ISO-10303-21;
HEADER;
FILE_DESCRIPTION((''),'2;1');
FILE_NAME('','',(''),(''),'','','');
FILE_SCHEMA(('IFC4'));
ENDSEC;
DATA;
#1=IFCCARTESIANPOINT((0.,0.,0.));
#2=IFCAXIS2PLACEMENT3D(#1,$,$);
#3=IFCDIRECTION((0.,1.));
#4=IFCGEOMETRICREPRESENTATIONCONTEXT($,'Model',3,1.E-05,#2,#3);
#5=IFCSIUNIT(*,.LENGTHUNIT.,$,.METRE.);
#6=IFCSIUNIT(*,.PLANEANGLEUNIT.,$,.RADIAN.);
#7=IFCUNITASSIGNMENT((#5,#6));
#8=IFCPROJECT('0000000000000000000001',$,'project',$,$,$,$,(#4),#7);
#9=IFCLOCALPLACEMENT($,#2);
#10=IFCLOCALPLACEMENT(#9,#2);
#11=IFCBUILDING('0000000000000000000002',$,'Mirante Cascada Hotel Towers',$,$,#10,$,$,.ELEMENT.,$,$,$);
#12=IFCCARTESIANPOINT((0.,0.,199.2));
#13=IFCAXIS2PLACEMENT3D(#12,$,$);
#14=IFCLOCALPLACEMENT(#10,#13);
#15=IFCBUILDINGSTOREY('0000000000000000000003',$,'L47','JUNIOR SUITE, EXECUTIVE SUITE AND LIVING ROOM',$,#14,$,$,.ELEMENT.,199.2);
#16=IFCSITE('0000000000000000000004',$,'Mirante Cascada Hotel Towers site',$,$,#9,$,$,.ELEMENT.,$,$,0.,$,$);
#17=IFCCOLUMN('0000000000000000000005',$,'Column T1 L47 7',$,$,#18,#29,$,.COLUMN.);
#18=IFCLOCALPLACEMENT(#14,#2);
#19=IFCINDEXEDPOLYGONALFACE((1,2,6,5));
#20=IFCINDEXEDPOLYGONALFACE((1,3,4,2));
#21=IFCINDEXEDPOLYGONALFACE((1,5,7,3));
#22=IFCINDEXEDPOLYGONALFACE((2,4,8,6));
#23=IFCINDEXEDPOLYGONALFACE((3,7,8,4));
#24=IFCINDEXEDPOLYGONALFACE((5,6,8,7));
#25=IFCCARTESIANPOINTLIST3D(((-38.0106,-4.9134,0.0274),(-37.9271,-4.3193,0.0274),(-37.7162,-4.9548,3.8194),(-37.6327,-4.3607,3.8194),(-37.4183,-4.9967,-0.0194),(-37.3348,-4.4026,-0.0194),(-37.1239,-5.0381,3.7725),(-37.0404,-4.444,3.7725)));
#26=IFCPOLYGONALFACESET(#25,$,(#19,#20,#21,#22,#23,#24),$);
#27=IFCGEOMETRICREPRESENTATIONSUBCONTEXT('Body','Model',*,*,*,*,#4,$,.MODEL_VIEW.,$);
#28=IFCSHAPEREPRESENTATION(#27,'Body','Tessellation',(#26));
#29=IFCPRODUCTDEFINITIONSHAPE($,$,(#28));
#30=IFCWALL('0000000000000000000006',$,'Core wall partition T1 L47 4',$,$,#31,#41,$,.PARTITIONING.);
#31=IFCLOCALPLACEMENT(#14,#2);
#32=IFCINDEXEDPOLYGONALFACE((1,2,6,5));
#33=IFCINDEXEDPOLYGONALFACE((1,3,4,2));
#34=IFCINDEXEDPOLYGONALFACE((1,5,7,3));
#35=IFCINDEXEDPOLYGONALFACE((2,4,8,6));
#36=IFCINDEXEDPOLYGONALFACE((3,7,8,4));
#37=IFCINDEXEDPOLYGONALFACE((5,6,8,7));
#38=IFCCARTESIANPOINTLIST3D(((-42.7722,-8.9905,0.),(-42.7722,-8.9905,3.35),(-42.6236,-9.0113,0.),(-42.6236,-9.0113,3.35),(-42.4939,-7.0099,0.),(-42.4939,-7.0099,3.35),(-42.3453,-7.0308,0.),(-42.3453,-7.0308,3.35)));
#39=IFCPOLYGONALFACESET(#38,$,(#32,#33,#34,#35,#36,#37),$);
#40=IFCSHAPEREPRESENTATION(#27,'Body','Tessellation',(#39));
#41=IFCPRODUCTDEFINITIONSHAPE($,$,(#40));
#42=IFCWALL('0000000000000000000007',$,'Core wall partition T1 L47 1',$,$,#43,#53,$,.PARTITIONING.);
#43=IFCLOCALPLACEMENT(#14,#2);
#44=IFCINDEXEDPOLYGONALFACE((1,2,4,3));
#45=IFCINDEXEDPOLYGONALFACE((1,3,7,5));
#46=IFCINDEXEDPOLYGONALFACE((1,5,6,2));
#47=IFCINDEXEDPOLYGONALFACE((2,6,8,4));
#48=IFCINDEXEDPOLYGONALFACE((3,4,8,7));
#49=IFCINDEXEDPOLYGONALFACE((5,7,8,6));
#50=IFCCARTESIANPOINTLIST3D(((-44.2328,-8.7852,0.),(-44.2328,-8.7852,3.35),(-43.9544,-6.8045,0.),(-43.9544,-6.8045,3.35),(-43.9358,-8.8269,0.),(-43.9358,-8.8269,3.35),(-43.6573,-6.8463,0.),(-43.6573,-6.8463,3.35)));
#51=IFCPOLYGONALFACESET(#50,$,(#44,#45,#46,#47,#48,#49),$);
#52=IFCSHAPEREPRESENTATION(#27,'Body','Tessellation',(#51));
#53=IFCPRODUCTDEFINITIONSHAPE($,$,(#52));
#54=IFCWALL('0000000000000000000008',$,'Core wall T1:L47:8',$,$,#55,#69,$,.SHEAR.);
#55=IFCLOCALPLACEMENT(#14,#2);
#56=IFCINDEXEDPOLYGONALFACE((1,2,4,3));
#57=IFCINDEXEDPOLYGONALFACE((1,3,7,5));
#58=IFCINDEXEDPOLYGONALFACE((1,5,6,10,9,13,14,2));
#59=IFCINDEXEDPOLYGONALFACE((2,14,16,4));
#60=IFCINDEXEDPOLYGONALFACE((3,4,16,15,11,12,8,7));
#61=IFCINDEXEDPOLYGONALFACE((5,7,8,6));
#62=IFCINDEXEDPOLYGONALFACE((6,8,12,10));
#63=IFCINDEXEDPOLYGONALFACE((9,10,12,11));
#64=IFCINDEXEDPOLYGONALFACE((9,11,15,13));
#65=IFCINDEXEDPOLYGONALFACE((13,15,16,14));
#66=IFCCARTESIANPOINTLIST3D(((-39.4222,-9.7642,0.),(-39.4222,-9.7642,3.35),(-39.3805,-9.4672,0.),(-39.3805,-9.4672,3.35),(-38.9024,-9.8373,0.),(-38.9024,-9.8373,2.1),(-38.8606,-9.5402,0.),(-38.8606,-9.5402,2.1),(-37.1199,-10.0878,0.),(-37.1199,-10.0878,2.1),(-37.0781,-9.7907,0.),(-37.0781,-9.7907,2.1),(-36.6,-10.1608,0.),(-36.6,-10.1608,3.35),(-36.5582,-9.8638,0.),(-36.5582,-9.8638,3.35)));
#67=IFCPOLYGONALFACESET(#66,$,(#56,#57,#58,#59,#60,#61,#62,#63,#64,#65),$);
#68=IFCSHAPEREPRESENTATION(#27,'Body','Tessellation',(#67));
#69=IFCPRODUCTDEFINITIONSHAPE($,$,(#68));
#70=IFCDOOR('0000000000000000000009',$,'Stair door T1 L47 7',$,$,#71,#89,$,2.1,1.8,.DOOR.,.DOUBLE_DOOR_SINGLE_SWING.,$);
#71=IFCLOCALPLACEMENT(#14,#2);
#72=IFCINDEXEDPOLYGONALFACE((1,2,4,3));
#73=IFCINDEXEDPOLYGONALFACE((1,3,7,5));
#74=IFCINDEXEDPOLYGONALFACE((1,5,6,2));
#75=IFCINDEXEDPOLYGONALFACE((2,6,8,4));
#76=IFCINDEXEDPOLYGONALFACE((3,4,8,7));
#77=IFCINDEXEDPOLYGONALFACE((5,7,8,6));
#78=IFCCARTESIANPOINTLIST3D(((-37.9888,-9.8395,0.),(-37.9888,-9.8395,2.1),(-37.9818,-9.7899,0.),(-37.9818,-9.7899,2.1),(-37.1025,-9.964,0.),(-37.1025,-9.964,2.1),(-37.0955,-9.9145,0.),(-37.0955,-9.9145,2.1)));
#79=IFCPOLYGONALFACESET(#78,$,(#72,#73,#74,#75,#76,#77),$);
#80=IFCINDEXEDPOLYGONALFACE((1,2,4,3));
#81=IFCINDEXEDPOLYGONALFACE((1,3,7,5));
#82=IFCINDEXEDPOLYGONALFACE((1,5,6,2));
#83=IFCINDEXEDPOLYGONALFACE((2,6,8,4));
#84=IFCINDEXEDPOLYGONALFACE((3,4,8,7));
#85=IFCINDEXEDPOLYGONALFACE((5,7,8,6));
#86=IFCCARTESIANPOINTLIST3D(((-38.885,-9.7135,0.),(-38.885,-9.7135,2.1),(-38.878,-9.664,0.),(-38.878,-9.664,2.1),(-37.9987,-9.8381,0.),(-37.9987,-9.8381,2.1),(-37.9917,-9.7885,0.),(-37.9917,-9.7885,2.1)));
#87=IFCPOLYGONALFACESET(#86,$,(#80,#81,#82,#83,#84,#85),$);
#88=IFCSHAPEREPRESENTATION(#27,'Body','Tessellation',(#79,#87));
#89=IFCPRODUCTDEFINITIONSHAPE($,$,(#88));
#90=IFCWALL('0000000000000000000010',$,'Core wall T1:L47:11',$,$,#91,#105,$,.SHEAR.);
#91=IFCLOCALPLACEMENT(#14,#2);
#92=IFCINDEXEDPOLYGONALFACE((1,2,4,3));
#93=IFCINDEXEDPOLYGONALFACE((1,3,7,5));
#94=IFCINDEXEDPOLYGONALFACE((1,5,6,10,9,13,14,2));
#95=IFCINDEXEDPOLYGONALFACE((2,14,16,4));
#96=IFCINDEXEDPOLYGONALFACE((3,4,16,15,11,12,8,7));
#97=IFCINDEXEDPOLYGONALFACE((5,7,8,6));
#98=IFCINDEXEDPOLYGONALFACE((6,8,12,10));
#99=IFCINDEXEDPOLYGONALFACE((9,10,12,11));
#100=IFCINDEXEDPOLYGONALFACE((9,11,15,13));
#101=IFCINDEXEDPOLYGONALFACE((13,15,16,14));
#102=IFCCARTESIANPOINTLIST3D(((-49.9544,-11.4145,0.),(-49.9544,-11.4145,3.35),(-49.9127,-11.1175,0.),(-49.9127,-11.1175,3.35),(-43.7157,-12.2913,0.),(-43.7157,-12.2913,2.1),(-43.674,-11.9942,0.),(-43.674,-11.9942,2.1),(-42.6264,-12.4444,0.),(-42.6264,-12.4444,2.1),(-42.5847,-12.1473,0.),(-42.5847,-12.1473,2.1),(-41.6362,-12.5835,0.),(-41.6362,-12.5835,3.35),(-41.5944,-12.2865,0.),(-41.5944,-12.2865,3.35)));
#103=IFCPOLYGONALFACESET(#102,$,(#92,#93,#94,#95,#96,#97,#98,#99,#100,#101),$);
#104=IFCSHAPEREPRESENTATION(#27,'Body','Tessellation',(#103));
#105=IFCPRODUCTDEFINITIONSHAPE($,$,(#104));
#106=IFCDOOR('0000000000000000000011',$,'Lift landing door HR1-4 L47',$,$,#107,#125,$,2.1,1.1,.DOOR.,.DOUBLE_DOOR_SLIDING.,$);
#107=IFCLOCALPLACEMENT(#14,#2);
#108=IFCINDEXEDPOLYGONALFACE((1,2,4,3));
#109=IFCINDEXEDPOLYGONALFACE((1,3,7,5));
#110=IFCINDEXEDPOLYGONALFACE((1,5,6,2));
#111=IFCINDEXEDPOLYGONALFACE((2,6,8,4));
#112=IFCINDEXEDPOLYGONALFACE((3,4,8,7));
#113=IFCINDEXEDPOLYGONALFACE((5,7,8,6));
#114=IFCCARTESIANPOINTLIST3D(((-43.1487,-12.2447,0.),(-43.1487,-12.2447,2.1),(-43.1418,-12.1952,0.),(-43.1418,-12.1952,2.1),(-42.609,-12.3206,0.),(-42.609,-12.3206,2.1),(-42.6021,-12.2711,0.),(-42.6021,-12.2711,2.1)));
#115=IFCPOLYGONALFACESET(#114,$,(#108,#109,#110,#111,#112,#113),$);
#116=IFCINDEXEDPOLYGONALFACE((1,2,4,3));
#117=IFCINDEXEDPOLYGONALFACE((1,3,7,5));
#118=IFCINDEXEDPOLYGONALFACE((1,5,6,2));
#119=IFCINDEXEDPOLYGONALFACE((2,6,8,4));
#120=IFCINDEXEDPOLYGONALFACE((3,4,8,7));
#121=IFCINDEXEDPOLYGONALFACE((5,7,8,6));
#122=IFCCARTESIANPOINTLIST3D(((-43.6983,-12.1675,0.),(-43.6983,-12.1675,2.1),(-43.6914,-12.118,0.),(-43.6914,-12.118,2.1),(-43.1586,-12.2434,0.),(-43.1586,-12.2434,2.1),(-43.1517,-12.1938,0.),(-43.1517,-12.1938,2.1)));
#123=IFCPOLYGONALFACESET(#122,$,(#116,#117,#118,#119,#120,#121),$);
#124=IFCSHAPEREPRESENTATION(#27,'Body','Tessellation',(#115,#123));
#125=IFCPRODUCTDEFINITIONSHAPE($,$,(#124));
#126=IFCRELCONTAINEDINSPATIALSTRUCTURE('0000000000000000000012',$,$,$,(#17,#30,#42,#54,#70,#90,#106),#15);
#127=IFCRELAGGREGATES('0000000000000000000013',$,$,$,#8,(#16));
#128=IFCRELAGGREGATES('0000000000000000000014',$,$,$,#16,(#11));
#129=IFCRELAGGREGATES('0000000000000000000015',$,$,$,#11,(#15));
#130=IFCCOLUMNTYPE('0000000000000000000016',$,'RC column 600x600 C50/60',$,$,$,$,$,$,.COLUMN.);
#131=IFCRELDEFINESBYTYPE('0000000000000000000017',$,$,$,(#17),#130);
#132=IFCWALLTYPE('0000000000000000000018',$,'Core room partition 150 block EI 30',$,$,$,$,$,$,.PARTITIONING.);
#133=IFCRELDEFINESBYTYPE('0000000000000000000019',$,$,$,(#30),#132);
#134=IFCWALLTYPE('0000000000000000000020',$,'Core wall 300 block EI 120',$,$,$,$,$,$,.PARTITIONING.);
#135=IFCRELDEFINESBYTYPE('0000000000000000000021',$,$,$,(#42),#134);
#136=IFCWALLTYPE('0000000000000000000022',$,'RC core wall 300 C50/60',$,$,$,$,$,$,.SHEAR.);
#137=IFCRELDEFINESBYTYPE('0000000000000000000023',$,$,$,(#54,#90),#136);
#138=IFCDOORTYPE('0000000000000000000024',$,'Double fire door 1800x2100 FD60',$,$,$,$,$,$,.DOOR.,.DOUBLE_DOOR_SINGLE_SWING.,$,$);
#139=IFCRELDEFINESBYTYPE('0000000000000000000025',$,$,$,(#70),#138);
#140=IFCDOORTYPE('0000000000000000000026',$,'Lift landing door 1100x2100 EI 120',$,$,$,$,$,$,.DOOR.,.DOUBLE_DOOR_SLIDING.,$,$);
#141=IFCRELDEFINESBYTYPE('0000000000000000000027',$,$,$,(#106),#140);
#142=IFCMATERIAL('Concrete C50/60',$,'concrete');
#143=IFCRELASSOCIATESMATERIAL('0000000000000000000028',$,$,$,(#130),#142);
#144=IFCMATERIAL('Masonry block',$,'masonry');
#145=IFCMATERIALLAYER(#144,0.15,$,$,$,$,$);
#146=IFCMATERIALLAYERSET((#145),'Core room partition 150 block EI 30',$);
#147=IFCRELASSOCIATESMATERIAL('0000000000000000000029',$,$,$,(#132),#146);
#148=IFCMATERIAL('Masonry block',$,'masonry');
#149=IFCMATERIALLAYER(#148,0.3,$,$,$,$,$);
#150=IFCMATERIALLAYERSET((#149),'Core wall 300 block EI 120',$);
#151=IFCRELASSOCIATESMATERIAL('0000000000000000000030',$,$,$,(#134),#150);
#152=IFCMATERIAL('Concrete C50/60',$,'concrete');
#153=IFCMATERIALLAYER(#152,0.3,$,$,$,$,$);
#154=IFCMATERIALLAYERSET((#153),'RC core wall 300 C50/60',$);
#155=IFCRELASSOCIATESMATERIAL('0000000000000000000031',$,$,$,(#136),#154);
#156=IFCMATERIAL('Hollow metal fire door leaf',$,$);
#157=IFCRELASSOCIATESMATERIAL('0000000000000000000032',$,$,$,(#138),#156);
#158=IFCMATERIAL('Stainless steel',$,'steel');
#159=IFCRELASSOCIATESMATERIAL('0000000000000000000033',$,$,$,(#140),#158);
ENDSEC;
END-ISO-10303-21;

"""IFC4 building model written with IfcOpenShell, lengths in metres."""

from ifc_helpers import new_model, si_unit, direction, frame, frame_2d, origin, origin_2d, place, context, subcontext, project, spatial, rectangle, extrude, material, layer, layer_set, material_profile, profile_set, type_object, element, fill, save


model = new_model("IFC4")

# Units and contexts
model_context = context("Model", 3, precision=1e-05, world=origin(), true_north=direction((0.0, 1.0)))
body_context = subcontext(model_context, "Body", "Model", "MODEL_VIEW")
ifc_project = project(units=[si_unit("LENGTHUNIT", "METRE"), si_unit("PLANEANGLEUNIT", "RADIAN")], contexts=[model_context])

# Site, building, storey
site_placement = place(None, origin())
site = spatial("IfcSite", under=ifc_project, at=site_placement, Name="Mirante Cascada Hotel Towers site", CompositionType="ELEMENT", RefElevation=0.0)
building_placement = place(site_placement, origin())
building = spatial("IfcBuilding", under=site, at=building_placement, Name="Mirante Cascada Hotel Towers", CompositionType="ELEMENT")
storey_placement = place(building_placement, frame((0.0, 0.0, 199.2)))
storey = spatial("IfcBuildingStorey", under=building, at=storey_placement, Name="L47", Description="JUNIOR SUITE, EXECUTIVE SUITE AND LIVING ROOM", CompositionType="ELEMENT", Elevation=199.2)

# Column
ifc_material_1 = material(Name="Concrete C50/60", Category="concrete")
ifc_material_profile = material_profile(ifc_material_1, rectangle(XDim=0.6, YDim=0.6, at=origin_2d()), Name="RC column 600x600 C50/60")
ifc_profile_set = profile_set([ifc_material_profile], Name="Concrete C50/60")
column_type = type_object("IfcColumnType", Name="RC column 600x600 C50/60", PredefinedType="COLUMN", material=ifc_profile_set)
column_placement = place(storey_placement, frame((-37.6727, -4.658, 0.004), z_axis=(0.0774, -0.010884, 0.996941), x_axis=(0.139255, 0.990257, 0.0)))
element("IfcColumn", 1, at=column_placement, inside=storey, type_object=column_type, Name="Column T1 L47 7", PredefinedType="COLUMN", context=body_context, shape_type="SweptSolid", body=[
    extrude(rectangle(XDim=0.6, YDim=0.6, at=origin_2d()), origin(), (0.0, 0.0, 1.0), 3.8036),
])

# Walls
ifc_material_2 = material(Name="Masonry block", Category="masonry")
ifc_layer_1 = layer(ifc_material_2, 0.15)
ifc_layer_set_1 = layer_set([ifc_layer_1], Name="Core room partition 150 block EI 30")
wall_type_1 = type_object("IfcWallType", Name="Core room partition 150 block EI 30", PredefinedType="PARTITIONING", material=ifc_layer_set_1)
wall_1_placement = place(storey_placement, frame((-42.6979, -9.0009, 0.0), z_axis=(0.0, 0.0, 1.0), x_axis=(0.139153, 0.990271, 0.0)))
element("IfcWall", 2, at=wall_1_placement, inside=storey, type_object=wall_type_1, Name="Core wall partition T1 L47 4", PredefinedType="PARTITIONING", context=body_context, shape_type="SweptSolid", body=[
    extrude(rectangle(XDim=2.0, YDim=0.15, at=frame_2d((1.0, 0.0))), origin(), (0.0, 0.0, 1.0), 3.35),
])
ifc_material_3 = material(Name="Masonry block", Category="masonry")
ifc_layer_2 = layer(ifc_material_3, 0.3)
ifc_layer_set_2 = layer_set([ifc_layer_2], Name="Core wall 300 block EI 120")
wall_type_2 = type_object("IfcWallType", Name="Core wall 300 block EI 120", PredefinedType="PARTITIONING", material=ifc_layer_set_2)
wall_2_placement = place(storey_placement, frame((-44.0843, -8.8061, 0.0), z_axis=(0.0, 0.0, 1.0), x_axis=(0.139195, 0.990265, 0.0)))
element("IfcWall", 3, at=wall_2_placement, inside=storey, type_object=wall_type_2, Name="Core wall partition T1 L47 1", PredefinedType="PARTITIONING", context=body_context, shape_type="SweptSolid", body=[
    extrude(rectangle(XDim=2.0001, YDim=0.3, at=frame_2d((1.0001, 0.0))), origin(), (0.0, 0.0, 1.0), 3.35),
])

# Walls, openings, doors
ifc_material_4 = material(Name="Concrete C50/60", Category="concrete")
ifc_layer_3 = layer(ifc_material_4, 0.3)
ifc_layer_set_3 = layer_set([ifc_layer_3], Name="RC core wall 300 C50/60")
wall_type_3 = type_object("IfcWallType", Name="RC core wall 300 C50/60", PredefinedType="SHEAR", material=ifc_layer_set_3)
wall_3_placement = place(storey_placement, frame((-36.5791, -10.0123, 0.0), z_axis=(0.0, 0.0, 1.0), x_axis=(-0.99027, 0.139156, 0.0)))
wall_3 = element("IfcWall", 4, at=wall_3_placement, inside=storey, type_object=wall_type_3, Name="Core wall T1:L47:8", PredefinedType="SHEAR", context=body_context, shape_type="SweptSolid", body=[
    extrude(rectangle(XDim=2.85, YDim=0.3, at=frame_2d((1.425, 0.0))), origin(), (0.0, 0.0, 1.0), 3.35),
])
opening_1_placement = place(wall_3_placement, frame((0.525, 0.0, 0.0)))
opening_1 = element("IfcOpeningElement", 5, at=opening_1_placement, cuts=wall_3, PredefinedType="OPENING", context=body_context, shape_type="SweptSolid", body=[
    extrude(rectangle(XDim=1.8, YDim=2.1, at=frame_2d((0.9, 1.05))), frame((0.0, 0.15, 0.0), z_axis=(0.0, -1.0, 0.0), x_axis=(1.0, 0.0, 0.0)), (0.0, 0.0, 1.0), 0.3),
])
ifc_material_5 = material(Name="Hollow metal fire door leaf")
door_type_1 = type_object("IfcDoorType", Name="Double fire door 1800x2100 FD60", OperationType="DOUBLE_DOOR_SINGLE_SWING", PredefinedType="DOOR", material=ifc_material_5)
door_1_placement = place(opening_1_placement, origin())
door_1 = element("IfcDoor", 6, at=door_1_placement, inside=storey, type_object=door_type_1, Name="Stair door T1 L47 7", OperationType="DOUBLE_DOOR_SINGLE_SWING", OverallHeight=2.1, OverallWidth=1.8, PredefinedType="DOOR", context=body_context, shape_type="SweptSolid", body=[
    extrude(rectangle(XDim=0.895, YDim=2.1, at=frame_2d((0.4475, 1.05))), frame((0.0, 0.025, 0.0), z_axis=(0.0, -1.0, 0.0), x_axis=(1.0, 0.0, 0.0)), (0.0, 0.0, 1.0), 0.05),
    extrude(rectangle(XDim=0.895, YDim=2.1, at=frame_2d((1.3525, 1.05))), frame((0.0, 0.025, 0.0), z_axis=(0.0, -1.0, 0.0), x_axis=(1.0, 0.0, 0.0)), (0.0, 0.0, 1.0), 0.05),
])
fill(opening_1, door_1)
wall_4_placement = place(storey_placement, frame((-41.6153, -12.435, 0.0), z_axis=(0.0, 0.0, 1.0), x_axis=(-0.990269, 0.139166, 0.0)))
wall_4 = element("IfcWall", 7, at=wall_4_placement, inside=storey, type_object=wall_type_3, Name="Core wall T1:L47:11", PredefinedType="SHEAR", context=body_context, shape_type="SweptSolid", body=[
    extrude(rectangle(XDim=8.4, YDim=0.3, at=frame_2d((4.2, 0.0))), origin(), (0.0, 0.0, 1.0), 3.35),
])
opening_2_placement = place(wall_4_placement, frame((1.0, 0.0, 0.0)))
opening_2 = element("IfcOpeningElement", 8, at=opening_2_placement, cuts=wall_4, PredefinedType="OPENING", context=body_context, shape_type="SweptSolid", body=[
    extrude(rectangle(XDim=1.1, YDim=2.1, at=frame_2d((0.55, 1.05))), frame((0.0, 0.15, 0.0), z_axis=(0.0, -1.0, 0.0), x_axis=(1.0, 0.0, 0.0)), (0.0, 0.0, 1.0), 0.3),
])
ifc_material_6 = material(Name="Stainless steel", Category="steel")
door_type_2 = type_object("IfcDoorType", Name="Lift landing door 1100x2100 EI 120", OperationType="DOUBLE_DOOR_SLIDING", PredefinedType="DOOR", material=ifc_material_6)
door_2_placement = place(opening_2_placement, origin())
door_2 = element("IfcDoor", 9, at=door_2_placement, inside=storey, type_object=door_type_2, Name="Lift landing door HR1-4 L47", OperationType="DOUBLE_DOOR_SLIDING", OverallHeight=2.1, OverallWidth=1.1, PredefinedType="DOOR", context=body_context, shape_type="SweptSolid", body=[
    extrude(rectangle(XDim=0.545, YDim=2.1, at=frame_2d((0.2725, 1.05))), frame((0.0, 0.025, 0.0), z_axis=(0.0, -1.0, 0.0), x_axis=(1.0, 0.0, 0.0)), (0.0, 0.0, 1.0), 0.05),
    extrude(rectangle(XDim=0.545, YDim=2.1, at=frame_2d((0.8275, 1.05))), frame((0.0, 0.025, 0.0), z_axis=(0.0, -1.0, 0.0), x_axis=(1.0, 0.0, 0.0)), (0.0, 0.0, 1.0), 0.05),
])
fill(opening_2, door_2)

save(model, "model.ifc")
